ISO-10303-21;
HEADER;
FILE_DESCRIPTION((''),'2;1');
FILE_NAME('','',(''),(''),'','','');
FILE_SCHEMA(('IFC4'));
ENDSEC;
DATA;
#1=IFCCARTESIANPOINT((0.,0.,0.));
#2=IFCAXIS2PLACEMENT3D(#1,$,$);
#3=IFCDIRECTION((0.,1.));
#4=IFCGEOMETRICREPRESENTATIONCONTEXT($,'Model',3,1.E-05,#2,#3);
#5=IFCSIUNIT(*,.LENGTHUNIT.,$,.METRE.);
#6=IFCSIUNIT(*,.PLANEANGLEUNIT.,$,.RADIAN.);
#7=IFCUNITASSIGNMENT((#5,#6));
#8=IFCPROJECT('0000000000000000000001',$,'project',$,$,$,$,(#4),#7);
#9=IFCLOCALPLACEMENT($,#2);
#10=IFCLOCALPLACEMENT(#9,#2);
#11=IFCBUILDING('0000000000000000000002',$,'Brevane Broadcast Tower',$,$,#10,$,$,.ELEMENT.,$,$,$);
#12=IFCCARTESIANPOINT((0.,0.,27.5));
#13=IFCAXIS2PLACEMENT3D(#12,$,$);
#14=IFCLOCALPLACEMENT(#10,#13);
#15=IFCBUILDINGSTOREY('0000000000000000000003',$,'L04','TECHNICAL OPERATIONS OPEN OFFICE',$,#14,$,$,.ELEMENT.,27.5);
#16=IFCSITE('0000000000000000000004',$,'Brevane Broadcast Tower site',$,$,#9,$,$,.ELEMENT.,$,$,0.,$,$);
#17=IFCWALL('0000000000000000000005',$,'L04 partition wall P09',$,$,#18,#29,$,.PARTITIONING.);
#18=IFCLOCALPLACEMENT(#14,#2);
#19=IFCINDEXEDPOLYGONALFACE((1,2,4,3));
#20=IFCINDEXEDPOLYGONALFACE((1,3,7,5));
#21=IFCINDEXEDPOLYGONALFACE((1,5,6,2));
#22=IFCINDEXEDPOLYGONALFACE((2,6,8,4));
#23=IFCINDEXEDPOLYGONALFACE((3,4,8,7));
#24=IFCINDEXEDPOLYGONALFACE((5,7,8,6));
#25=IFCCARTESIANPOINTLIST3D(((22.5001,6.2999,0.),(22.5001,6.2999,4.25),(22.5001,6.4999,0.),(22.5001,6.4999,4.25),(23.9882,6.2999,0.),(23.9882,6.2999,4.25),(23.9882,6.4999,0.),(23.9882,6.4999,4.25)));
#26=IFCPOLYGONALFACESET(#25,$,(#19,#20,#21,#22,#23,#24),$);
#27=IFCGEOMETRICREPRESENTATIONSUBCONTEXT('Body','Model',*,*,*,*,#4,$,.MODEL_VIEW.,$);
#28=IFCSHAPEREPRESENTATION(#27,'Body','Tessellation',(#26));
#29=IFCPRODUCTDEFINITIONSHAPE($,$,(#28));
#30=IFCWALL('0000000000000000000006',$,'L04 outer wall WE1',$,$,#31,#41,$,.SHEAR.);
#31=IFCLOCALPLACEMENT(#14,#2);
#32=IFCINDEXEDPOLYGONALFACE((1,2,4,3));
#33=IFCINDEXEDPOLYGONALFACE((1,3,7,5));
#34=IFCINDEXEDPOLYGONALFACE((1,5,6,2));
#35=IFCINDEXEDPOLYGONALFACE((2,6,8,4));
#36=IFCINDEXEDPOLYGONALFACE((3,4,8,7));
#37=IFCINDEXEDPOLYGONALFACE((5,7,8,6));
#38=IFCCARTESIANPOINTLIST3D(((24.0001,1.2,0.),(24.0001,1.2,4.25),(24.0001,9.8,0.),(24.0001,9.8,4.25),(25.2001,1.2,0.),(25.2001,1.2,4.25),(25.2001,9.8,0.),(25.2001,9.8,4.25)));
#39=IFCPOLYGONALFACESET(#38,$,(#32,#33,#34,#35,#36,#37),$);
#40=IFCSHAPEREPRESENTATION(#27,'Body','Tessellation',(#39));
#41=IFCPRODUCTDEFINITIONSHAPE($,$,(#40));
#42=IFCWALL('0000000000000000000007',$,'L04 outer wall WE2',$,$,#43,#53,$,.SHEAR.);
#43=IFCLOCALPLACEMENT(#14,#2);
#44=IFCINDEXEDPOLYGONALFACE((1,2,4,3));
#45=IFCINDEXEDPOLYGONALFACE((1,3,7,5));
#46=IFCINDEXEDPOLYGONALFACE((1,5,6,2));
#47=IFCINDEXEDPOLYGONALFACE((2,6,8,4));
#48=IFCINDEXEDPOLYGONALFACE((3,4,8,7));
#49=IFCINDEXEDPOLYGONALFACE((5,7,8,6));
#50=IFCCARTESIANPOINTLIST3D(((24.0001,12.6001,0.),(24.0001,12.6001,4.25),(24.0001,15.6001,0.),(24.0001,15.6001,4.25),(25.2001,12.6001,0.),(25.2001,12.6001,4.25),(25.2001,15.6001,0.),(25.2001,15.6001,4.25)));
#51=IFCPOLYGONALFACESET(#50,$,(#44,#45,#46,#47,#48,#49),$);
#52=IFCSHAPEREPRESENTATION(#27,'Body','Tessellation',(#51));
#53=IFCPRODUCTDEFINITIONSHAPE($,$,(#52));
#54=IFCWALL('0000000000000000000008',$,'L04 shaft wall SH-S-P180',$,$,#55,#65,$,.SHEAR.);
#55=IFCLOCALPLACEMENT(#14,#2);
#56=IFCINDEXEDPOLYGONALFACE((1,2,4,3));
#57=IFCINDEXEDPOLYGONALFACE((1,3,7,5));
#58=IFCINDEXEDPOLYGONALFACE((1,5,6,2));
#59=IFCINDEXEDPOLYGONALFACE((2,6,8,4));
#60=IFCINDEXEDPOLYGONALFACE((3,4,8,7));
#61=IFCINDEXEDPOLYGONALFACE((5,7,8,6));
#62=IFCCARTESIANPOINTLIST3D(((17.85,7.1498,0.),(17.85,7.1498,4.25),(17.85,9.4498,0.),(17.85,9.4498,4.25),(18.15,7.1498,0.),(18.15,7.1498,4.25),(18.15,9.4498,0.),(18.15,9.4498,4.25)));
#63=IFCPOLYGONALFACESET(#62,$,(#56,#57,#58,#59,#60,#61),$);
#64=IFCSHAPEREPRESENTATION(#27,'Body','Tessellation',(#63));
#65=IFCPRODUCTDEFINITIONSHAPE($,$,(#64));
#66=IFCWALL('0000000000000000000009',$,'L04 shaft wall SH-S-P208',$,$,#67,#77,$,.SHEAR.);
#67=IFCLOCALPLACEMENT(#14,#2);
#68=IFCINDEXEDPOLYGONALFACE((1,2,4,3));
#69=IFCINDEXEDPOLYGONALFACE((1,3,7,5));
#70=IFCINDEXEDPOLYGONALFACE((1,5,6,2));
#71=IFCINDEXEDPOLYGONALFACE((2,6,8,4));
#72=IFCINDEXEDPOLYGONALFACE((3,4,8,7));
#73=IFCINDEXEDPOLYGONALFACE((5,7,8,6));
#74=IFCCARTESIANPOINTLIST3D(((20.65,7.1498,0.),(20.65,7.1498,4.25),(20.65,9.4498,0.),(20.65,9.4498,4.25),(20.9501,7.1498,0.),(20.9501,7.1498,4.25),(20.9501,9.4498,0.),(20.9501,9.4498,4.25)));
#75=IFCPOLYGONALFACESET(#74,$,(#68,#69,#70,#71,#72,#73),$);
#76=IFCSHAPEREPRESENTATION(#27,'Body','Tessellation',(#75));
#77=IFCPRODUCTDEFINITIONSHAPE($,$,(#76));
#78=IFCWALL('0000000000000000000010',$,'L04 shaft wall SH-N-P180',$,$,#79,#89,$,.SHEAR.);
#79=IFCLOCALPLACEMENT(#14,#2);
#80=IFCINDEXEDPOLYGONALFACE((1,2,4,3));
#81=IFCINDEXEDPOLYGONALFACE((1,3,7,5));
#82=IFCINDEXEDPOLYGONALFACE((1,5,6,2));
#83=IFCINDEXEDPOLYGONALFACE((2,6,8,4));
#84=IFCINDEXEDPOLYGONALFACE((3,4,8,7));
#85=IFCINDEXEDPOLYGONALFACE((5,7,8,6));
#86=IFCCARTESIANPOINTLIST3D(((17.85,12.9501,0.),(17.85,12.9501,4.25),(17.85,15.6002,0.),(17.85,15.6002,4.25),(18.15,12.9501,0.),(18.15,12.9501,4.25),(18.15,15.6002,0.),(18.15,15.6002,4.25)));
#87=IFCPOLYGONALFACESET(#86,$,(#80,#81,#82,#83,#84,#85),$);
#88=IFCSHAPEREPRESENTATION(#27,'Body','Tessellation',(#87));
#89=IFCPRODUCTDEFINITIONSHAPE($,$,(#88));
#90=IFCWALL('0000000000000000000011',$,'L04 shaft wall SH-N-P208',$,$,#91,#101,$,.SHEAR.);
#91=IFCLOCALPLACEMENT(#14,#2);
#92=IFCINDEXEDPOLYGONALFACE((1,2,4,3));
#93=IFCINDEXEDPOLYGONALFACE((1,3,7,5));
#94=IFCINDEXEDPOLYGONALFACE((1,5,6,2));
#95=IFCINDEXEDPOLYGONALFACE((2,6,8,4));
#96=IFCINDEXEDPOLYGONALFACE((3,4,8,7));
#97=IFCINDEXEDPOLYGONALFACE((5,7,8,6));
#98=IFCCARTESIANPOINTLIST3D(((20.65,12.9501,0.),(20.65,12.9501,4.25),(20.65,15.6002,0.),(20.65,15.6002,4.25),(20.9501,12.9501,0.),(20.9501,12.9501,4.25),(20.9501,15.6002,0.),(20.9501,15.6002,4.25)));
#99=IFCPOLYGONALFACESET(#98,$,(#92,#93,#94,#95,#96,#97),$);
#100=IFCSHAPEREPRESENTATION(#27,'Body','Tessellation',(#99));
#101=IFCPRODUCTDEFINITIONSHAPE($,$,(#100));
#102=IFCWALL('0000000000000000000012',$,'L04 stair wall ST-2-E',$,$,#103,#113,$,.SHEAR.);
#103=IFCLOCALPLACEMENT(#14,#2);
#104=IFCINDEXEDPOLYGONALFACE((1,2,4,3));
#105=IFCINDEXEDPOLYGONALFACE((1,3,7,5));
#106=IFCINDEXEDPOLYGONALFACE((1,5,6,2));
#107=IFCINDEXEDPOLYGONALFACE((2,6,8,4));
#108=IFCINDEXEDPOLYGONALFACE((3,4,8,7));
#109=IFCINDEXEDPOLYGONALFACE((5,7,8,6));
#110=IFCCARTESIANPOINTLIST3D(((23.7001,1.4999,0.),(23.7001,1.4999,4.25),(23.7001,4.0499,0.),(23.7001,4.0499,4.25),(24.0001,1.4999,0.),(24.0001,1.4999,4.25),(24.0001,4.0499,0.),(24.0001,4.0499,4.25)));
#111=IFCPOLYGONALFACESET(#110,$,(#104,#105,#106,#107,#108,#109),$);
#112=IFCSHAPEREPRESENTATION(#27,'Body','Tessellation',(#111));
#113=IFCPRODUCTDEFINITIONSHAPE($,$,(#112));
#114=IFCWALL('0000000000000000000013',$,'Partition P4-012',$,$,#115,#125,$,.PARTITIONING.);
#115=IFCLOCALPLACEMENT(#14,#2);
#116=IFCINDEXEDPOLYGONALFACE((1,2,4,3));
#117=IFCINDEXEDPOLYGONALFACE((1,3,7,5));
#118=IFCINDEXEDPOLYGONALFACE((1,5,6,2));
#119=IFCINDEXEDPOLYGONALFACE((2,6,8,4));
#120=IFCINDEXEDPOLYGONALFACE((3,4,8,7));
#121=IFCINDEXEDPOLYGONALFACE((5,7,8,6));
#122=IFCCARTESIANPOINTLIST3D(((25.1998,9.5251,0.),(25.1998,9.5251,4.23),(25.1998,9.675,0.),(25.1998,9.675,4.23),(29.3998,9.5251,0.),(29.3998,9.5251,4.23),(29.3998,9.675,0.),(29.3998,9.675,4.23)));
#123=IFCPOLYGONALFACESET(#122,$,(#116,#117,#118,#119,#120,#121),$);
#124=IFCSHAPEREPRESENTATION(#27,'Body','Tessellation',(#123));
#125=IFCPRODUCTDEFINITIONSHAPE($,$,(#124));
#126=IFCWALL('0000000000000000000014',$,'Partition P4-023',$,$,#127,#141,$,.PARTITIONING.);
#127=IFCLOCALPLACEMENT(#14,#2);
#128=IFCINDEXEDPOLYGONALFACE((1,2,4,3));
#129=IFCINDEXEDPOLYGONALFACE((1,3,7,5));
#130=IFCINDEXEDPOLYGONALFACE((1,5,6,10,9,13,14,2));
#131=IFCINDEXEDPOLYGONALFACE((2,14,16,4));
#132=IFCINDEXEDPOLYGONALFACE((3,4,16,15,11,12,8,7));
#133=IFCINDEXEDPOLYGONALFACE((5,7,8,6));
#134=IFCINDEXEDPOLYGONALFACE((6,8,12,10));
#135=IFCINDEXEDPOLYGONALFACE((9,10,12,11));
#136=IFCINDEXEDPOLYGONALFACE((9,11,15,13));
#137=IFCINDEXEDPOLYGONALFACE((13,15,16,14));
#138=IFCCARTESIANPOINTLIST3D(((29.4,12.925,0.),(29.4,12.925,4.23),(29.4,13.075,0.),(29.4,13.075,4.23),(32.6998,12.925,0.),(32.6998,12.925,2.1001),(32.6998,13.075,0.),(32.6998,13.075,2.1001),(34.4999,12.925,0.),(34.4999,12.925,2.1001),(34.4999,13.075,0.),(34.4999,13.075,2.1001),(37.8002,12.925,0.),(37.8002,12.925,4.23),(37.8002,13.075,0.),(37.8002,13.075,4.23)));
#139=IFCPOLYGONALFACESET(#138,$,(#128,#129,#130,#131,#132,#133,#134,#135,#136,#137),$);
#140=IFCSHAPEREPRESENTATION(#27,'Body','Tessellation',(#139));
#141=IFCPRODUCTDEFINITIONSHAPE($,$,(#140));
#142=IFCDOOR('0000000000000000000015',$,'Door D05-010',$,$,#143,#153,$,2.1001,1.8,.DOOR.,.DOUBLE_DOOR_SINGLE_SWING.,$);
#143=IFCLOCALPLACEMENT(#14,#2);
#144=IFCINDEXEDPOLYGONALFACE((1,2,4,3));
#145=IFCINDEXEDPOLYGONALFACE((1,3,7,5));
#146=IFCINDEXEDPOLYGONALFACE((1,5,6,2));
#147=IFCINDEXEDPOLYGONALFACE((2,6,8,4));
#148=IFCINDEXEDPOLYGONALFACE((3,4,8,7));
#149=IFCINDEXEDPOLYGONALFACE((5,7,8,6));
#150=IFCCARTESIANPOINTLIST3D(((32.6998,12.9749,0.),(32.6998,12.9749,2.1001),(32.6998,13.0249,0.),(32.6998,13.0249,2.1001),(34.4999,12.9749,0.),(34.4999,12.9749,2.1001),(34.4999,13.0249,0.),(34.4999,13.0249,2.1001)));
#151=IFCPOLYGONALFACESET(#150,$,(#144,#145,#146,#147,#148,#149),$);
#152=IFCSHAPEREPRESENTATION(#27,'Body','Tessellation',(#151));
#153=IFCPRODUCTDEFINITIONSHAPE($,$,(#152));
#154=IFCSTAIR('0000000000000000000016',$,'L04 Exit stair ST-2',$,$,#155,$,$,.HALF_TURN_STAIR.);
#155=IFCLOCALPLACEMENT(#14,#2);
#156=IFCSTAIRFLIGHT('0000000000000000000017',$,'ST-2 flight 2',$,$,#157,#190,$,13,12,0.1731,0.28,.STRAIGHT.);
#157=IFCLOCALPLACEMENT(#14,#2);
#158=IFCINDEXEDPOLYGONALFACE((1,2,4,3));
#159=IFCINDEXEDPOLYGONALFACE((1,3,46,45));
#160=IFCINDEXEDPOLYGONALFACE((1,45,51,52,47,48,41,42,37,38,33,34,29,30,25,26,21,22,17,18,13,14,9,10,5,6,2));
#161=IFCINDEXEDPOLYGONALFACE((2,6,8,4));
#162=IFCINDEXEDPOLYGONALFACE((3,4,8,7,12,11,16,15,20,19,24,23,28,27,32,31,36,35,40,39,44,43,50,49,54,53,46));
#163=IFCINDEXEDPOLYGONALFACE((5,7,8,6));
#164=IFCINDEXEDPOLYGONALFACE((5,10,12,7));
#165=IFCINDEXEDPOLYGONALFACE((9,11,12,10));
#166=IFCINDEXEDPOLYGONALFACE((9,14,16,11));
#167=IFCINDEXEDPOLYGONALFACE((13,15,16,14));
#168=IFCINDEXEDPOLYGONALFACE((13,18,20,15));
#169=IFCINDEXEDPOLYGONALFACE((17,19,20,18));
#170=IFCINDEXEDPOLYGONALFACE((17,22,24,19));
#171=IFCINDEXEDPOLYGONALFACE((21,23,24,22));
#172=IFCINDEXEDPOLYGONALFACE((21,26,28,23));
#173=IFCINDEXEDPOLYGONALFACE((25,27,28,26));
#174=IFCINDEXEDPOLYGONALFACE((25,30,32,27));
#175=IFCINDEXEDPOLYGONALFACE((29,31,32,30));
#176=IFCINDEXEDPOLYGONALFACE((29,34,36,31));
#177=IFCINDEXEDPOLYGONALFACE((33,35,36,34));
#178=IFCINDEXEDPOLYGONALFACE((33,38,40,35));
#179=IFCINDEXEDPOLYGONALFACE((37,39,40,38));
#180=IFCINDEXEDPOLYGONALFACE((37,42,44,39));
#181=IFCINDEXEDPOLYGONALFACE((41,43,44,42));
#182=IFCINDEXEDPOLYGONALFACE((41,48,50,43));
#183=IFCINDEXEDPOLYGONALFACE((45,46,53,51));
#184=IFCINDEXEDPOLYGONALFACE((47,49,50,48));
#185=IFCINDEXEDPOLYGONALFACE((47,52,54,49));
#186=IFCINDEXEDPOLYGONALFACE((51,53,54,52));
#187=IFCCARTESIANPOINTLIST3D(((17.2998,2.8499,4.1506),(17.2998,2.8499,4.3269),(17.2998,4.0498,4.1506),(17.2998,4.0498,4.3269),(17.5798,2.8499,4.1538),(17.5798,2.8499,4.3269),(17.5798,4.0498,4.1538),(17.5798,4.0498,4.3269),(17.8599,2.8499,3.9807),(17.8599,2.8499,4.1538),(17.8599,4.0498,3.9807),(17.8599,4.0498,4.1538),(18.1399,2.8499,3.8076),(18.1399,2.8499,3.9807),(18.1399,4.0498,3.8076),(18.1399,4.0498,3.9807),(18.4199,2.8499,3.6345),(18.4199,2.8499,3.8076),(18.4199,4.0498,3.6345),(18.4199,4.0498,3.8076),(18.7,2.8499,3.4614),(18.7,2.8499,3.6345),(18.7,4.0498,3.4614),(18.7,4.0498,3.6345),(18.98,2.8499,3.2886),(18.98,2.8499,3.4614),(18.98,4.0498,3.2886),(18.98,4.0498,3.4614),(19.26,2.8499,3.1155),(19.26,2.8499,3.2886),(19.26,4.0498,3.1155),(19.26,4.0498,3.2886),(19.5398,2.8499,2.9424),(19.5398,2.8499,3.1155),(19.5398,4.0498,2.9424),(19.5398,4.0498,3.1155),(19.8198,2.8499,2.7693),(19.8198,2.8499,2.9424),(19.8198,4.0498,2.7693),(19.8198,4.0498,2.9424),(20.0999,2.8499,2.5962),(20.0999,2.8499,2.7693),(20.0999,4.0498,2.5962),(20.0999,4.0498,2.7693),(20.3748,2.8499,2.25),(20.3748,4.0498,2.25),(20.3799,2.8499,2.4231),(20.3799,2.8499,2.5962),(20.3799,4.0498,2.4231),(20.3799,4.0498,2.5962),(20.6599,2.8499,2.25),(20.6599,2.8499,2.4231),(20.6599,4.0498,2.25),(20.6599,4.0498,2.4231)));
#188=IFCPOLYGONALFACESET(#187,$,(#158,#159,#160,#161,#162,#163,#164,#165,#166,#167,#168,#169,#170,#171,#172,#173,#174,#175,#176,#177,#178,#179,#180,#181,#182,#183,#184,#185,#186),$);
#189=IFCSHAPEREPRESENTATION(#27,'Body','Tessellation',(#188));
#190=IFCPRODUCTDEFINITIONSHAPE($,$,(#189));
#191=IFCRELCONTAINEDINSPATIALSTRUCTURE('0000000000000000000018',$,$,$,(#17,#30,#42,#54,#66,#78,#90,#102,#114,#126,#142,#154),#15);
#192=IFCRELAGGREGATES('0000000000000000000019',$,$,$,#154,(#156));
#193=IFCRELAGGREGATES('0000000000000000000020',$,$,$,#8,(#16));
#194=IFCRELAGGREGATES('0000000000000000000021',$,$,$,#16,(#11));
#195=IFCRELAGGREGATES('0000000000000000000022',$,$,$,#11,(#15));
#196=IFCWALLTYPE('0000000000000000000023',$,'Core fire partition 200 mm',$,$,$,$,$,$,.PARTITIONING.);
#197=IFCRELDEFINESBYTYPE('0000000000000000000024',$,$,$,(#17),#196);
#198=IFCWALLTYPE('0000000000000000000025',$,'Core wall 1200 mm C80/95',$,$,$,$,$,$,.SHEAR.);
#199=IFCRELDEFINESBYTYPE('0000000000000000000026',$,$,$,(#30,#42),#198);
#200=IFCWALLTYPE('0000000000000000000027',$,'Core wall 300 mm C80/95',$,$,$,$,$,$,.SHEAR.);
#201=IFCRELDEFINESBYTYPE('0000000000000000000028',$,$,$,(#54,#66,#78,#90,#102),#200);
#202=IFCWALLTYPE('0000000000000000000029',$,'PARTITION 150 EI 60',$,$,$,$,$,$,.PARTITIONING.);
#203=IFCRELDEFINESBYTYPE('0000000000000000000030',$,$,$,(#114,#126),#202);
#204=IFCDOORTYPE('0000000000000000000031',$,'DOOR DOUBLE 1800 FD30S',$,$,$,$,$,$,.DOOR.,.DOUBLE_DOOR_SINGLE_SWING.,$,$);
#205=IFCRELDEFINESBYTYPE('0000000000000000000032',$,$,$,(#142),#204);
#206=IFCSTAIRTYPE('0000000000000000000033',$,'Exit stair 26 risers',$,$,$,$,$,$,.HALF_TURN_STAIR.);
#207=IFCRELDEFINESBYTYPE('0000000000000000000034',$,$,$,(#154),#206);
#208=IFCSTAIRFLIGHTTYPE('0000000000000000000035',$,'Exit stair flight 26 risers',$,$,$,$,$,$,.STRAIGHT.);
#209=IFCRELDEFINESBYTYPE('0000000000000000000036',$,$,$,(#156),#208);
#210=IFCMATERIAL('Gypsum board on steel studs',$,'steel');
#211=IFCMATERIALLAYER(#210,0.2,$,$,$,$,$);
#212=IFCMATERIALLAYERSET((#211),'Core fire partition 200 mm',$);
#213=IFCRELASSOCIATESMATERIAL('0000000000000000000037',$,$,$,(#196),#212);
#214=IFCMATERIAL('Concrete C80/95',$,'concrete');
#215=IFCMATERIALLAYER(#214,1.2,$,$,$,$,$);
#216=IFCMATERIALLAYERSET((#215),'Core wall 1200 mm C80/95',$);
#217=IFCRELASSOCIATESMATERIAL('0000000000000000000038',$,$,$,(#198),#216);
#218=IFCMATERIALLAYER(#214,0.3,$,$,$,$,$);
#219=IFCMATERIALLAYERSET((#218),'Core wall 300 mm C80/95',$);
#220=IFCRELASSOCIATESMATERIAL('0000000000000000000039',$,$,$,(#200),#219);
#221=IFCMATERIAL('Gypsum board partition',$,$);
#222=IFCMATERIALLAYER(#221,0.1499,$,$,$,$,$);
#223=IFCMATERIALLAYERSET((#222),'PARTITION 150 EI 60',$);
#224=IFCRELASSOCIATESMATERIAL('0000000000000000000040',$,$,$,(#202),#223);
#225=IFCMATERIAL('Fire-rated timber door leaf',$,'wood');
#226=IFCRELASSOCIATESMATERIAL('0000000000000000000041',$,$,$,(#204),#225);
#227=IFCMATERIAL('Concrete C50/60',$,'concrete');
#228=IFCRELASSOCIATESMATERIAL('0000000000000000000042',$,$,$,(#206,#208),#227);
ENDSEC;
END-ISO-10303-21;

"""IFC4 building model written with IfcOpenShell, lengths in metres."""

from ifc_helpers import new_model, si_unit, direction, frame, frame_2d, origin, place, context, subcontext, project, spatial, polyline, rectangle, outline, extrude, material, layer, layer_set, type_object, element, fill, aggregate, save


model = new_model("IFC4")

# Units and contexts
model_context = context("Model", 3, precision=1e-05, world=origin(), true_north=direction((0.0, 1.0)))
body_context = subcontext(model_context, "Body", "Model", "MODEL_VIEW")
ifc_project = project(units=[si_unit("LENGTHUNIT", "METRE"), si_unit("PLANEANGLEUNIT", "RADIAN")], contexts=[model_context])

# Site, building, storey
site_placement = place(None, origin())
site = spatial("IfcSite", under=ifc_project, at=site_placement, Name="Brevane Broadcast Tower site", CompositionType="ELEMENT", RefElevation=0.0)
building_placement = place(site_placement, origin())
building = spatial("IfcBuilding", under=site, at=building_placement, Name="Brevane Broadcast Tower", CompositionType="ELEMENT")
storey_placement = place(building_placement, frame((0.0, 0.0, 27.5)))
storey = spatial("IfcBuildingStorey", under=building, at=storey_placement, Name="L04", Description="TECHNICAL OPERATIONS OPEN OFFICE", CompositionType="ELEMENT", Elevation=27.5)

# Shared definitions
ifc_material_1 = material(Name="Concrete C80/95", Category="concrete")

# Shared definitions
ifc_material_2 = material(Name="Gypsum board on steel studs", Category="steel")

# Shared definitions
ifc_layer_1 = layer(ifc_material_2, 0.2)
ifc_layer_set_1 = layer_set([ifc_layer_1], Name="Core fire partition 200 mm")
wall_type_1 = type_object("IfcWallType", Name="Core fire partition 200 mm", PredefinedType="PARTITIONING", material=ifc_layer_set_1)

# Walls
wall_1_placement = place(storey_placement, frame((22.5, 6.3999, 0.0), z_axis=(0.0, 0.0, 1.0), x_axis=(1.0, 0.0, 0.0)))
element("IfcWall", 1, at=wall_1_placement, inside=storey, type_object=wall_type_1, Name="L04 partition wall P09", PredefinedType="PARTITIONING", context=body_context, shape_type="SweptSolid", body=[
    extrude(rectangle(XDim=1.488, YDim=0.2, at=frame_2d((0.7441, 0.0))), origin(), (0.0, 0.0, 1.0), 4.25),
])
ifc_layer_2 = layer(ifc_material_1, 1.2)
ifc_layer_set_2 = layer_set([ifc_layer_2], Name="Core wall 1200 mm C80/95")
wall_type_2 = type_object("IfcWallType", Name="Core wall 1200 mm C80/95", PredefinedType="SHEAR", material=ifc_layer_set_2)
wall_2_placement = place(storey_placement, frame((24.6001, 1.2, 0.0), z_axis=(0.0, 0.0, 1.0), x_axis=(0.0, 1.0, 0.0)))
element("IfcWall", 2, at=wall_2_placement, inside=storey, type_object=wall_type_2, Name="L04 outer wall WE1", PredefinedType="SHEAR", context=body_context, shape_type="SweptSolid", body=[
    extrude(rectangle(XDim=8.6001, YDim=1.2, at=frame_2d((4.3, 0.0))), origin(), (0.0, 0.0, 1.0), 4.25),
])
wall_3_placement = place(storey_placement, frame((24.6001, 12.6001, 0.0), z_axis=(0.0, 0.0, 1.0), x_axis=(0.0, 1.0, 0.0)))
element("IfcWall", 3, at=wall_3_placement, inside=storey, type_object=wall_type_2, Name="L04 outer wall WE2", PredefinedType="SHEAR", context=body_context, shape_type="SweptSolid", body=[
    extrude(rectangle(XDim=3.0, YDim=1.2, at=frame_2d((1.5, 0.0))), origin(), (0.0, 0.0, 1.0), 4.25),
])
ifc_layer_3 = layer(ifc_material_1, 0.3)
ifc_layer_set_3 = layer_set([ifc_layer_3], Name="Core wall 300 mm C80/95")
wall_type_3 = type_object("IfcWallType", Name="Core wall 300 mm C80/95", PredefinedType="SHEAR", material=ifc_layer_set_3)
for number, where, z_axis, x_axis, name in (
    (4, (18.0, 7.1499, 0.0), (0.0, 0.0, 1.0), (0.0, 1.0, 0.0), "L04 shaft wall SH-S-P180"),
    (5, (20.8, 7.1499, 0.0), (0.0, 0.0, 1.0), (0.0, 1.0, 0.0), "L04 shaft wall SH-S-P208"),
):
    element("IfcWall", number, at=place(storey_placement, frame(where, z_axis=z_axis, x_axis=x_axis)), inside=storey, type_object=wall_type_3, Name=name, PredefinedType="SHEAR", context=body_context, shape_type="SweptSolid", body=[
        extrude(rectangle(XDim=2.3, YDim=0.3, at=frame_2d((1.1499, 0.0))), origin(), (0.0, 0.0, 1.0), 4.25),
    ])
for number, where, z_axis, x_axis, name in (
    (6, (18.0, 12.95, 0.0), (0.0, 0.0, 1.0), (0.0, 1.0, 0.0), "L04 shaft wall SH-N-P180"),
    (7, (20.8, 12.95, 0.0), (0.0, 0.0, 1.0), (0.0, 1.0, 0.0), "L04 shaft wall SH-N-P208"),
):
    element("IfcWall", number, at=place(storey_placement, frame(where, z_axis=z_axis, x_axis=x_axis)), inside=storey, type_object=wall_type_3, Name=name, PredefinedType="SHEAR", context=body_context, shape_type="SweptSolid", body=[
        extrude(rectangle(XDim=2.6501, YDim=0.3, at=frame_2d((1.3252, 0.0))), origin(), (0.0, 0.0, 1.0), 4.25),
    ])
wall_4_placement = place(storey_placement, frame((23.8501, 1.5, 0.0), z_axis=(0.0, 0.0, 1.0), x_axis=(0.0, 1.0, 0.0)))
element("IfcWall", 8, at=wall_4_placement, inside=storey, type_object=wall_type_3, Name="L04 stair wall ST-2-E", PredefinedType="SHEAR", context=body_context, shape_type="SweptSolid", body=[
    extrude(rectangle(XDim=2.55, YDim=0.3, at=frame_2d((1.2749, 0.0))), origin(), (0.0, 0.0, 1.0), 4.25),
])
ifc_material_3 = material(Name="Gypsum board partition")
ifc_layer_4 = layer(ifc_material_3, 0.1499)
ifc_layer_set_4 = layer_set([ifc_layer_4], Name="PARTITION 150 EI 60")
wall_type_4 = type_object("IfcWallType", Name="PARTITION 150 EI 60", PredefinedType="PARTITIONING", material=ifc_layer_set_4)
wall_5_placement = place(storey_placement, frame((29.3999, 9.6001, 0.0), z_axis=(0.0, 0.0, 1.0), x_axis=(-1.0, 0.0, 0.0)))
element("IfcWall", 9, at=wall_5_placement, inside=storey, type_object=wall_type_4, Name="Partition P4-012", PredefinedType="PARTITIONING", context=body_context, shape_type="SweptSolid", body=[
    extrude(rectangle(XDim=4.2, YDim=0.1499, at=frame_2d((2.1001, 0.0))), origin(), (0.0, 0.0, 1.0), 4.23),
])

# Wall, opening, door
wall_6_placement = place(storey_placement, frame((29.3999, 13.0, 0.0), z_axis=(0.0, 0.0, 1.0), x_axis=(1.0, 0.0, 0.0)))
wall_6 = element("IfcWall", 10, at=wall_6_placement, inside=storey, type_object=wall_type_4, Name="Partition P4-023", PredefinedType="PARTITIONING", context=body_context, shape_type="SweptSolid", body=[
    extrude(rectangle(XDim=8.4001, YDim=0.1499, at=frame_2d((4.2002, 0.0))), origin(), (0.0, 0.0, 1.0), 4.23),
])
opening_1_placement = place(wall_6_placement, frame((3.3, 0.0, 0.0)))
opening_1 = element("IfcOpeningElement", 11, at=opening_1_placement, cuts=wall_6, PredefinedType="OPENING", context=body_context, shape_type="SweptSolid", body=[
    extrude(rectangle(XDim=1.8, YDim=2.1001, at=frame_2d((0.8999, 1.05))), frame((0.0, 0.085, 0.0), z_axis=(0.0, -1.0, 0.0), x_axis=(1.0, 0.0, 0.0)), (0.0, 0.0, 1.0), 0.1699),
])
ifc_material_4 = material(Name="Fire-rated timber door leaf", Category="wood")
door_type_1 = type_object("IfcDoorType", Name="DOOR DOUBLE 1800 FD30S", OperationType="DOUBLE_DOOR_SINGLE_SWING", PredefinedType="DOOR", material=ifc_material_4)
door_1_placement = place(opening_1_placement, origin())
door_1 = element("IfcDoor", 12, at=door_1_placement, inside=storey, type_object=door_type_1, Name="Door D05-010", OperationType="DOUBLE_DOOR_SINGLE_SWING", OverallHeight=2.1001, OverallWidth=1.8, PredefinedType="DOOR", context=body_context, shape_type="SweptSolid", body=[
    extrude(rectangle(XDim=1.8, YDim=2.1001, at=frame_2d((0.8999, 1.05))), frame((0.0, 0.0249, 0.0), z_axis=(0.0, -1.0, 0.0), x_axis=(1.0, 0.0, 0.0)), (0.0, 0.0, 1.0), 0.05),
])
fill(opening_1, door_1)

# Stair, stair flight
ifc_material_5 = material(Name="Concrete C50/60", Category="concrete")
stair_type = type_object("IfcStairType", Name="Exit stair 26 risers", PredefinedType="HALF_TURN_STAIR", material=ifc_material_5)
stair_placement = place(storey_placement, origin())
stair = element("IfcStair", 13, at=stair_placement, inside=storey, type_object=stair_type, Name="L04 Exit stair ST-2", PredefinedType="HALF_TURN_STAIR")
stair_flight_type = type_object("IfcStairFlightType", Name="Exit stair flight 26 risers", PredefinedType="STRAIGHT", material=ifc_material_5)
stair_flight_placement = place(storey_placement, frame((20.6599, 3.45, 2.25), z_axis=(0.0, 0.0, 1.0), x_axis=(-1.0, 0.0, 0.0)))
stair_flight = element("IfcStairFlight", 14, at=stair_flight_placement, type_object=stair_flight_type, Name="ST-2 flight 2", NumberOfRisers=13, NumberOfTreads=12, PredefinedType="STRAIGHT", RiserHeight=0.1731, TreadLength=0.28, context=body_context, shape_type="SweptSolid", body=[
    extrude(outline(polyline([(0.0, 0.0), (0.0, 0.1731), (0.28, 0.1731), (0.28, 0.3462), (0.5601, 0.3462), (0.5601, 0.5193), (0.8401, 0.5193), (0.8401, 0.6924), (1.1201, 0.6924), (1.1201, 0.8655), (1.3999, 0.8655), (1.3999, 1.0386), (1.6799, 1.0386), (1.6799, 1.2114), (1.96, 1.2114), (1.96, 1.3845), (2.24, 1.3845), (2.24, 1.5576), (2.52, 1.5576), (2.52, 1.7307), (2.8, 1.7307), (2.8, 1.9038), (3.0801, 1.9038), (3.0801, 2.0769), (3.3601, 2.0769), (3.3601, 2.25), (3.3601, 1.9006), (0.2852, 0.0), (0.0, 0.0)])), frame((0.0, 0.6001, 0.0), z_axis=(0.0, -1.0, 0.0), x_axis=(1.0, 0.0, 0.0)), (0.0, 0.0, 1.0), 1.2),
])
aggregate(stair, [stair_flight])

save(model, "model.ifc")
